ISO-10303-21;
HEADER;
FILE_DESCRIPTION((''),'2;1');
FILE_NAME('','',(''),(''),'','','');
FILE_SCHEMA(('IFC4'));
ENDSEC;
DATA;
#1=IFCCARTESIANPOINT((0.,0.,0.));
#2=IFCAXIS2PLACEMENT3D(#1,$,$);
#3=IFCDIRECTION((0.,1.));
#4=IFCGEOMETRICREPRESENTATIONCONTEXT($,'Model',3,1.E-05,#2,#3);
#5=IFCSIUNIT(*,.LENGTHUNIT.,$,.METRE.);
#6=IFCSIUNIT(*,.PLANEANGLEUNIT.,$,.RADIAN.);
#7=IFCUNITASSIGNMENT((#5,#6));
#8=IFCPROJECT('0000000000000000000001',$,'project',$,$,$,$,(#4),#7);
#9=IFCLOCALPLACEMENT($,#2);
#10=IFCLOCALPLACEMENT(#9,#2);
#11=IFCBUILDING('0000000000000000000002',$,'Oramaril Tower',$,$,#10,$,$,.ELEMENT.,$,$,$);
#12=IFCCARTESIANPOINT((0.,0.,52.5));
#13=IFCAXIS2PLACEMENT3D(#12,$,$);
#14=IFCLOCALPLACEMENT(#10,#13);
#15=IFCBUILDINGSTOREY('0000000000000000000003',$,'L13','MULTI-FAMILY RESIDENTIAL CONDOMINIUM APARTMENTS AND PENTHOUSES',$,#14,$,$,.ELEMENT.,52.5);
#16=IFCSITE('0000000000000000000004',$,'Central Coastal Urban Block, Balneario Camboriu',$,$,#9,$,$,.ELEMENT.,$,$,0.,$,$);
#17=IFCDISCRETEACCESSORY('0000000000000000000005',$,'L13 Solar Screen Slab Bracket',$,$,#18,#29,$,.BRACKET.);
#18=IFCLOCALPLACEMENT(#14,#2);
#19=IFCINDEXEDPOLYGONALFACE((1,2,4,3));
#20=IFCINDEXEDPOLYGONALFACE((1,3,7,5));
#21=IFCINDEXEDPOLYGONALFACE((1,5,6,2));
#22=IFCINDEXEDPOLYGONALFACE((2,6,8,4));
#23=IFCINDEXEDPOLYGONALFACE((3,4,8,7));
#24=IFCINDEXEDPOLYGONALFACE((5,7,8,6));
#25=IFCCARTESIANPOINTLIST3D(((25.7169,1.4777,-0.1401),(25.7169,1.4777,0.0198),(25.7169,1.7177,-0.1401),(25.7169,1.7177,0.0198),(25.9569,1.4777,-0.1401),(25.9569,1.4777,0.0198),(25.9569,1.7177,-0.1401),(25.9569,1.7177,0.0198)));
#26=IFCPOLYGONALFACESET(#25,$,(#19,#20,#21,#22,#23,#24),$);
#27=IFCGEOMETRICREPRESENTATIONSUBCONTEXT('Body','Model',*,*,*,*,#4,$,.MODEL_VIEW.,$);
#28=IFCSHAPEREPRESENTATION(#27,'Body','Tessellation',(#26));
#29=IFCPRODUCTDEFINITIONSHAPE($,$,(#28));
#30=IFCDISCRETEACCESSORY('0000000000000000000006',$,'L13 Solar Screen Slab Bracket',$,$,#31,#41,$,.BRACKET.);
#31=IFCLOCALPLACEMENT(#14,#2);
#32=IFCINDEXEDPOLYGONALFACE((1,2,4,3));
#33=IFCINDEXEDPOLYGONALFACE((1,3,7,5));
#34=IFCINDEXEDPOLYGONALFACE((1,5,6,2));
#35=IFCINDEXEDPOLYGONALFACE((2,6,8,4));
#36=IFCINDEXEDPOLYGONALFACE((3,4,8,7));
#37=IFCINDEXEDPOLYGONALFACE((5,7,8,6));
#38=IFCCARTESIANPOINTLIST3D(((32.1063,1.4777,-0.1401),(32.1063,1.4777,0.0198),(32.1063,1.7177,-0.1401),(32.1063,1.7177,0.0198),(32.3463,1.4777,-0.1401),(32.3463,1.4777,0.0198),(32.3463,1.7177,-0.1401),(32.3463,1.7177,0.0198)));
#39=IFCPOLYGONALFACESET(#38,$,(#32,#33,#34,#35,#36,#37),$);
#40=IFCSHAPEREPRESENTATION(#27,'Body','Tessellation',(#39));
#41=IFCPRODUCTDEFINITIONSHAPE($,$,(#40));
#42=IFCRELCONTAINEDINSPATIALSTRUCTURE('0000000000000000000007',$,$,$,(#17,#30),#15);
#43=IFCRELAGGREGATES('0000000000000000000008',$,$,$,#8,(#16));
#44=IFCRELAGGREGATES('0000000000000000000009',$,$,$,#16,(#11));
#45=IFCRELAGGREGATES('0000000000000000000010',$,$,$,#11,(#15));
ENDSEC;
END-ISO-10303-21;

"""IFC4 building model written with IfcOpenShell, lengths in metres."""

from ifc_helpers import new_model, si_unit, direction, frame, origin, origin_2d, place, context, subcontext, project, spatial, rectangle, extrude, element, save


model = new_model("IFC4")

# Units and contexts
model_context = context("Model", 3, precision=1e-05, world=origin(), true_north=direction((0.0, 1.0)))
body_context = subcontext(model_context, "Body", "Model", "MODEL_VIEW")
ifc_project = project(units=[si_unit("LENGTHUNIT", "METRE"), si_unit("PLANEANGLEUNIT", "RADIAN")], contexts=[model_context])

# Site, building, storey
site_placement = place(None, origin())
site = spatial("IfcSite", under=ifc_project, at=site_placement, Name="Central Coastal Urban Block, Balneario Camboriu", CompositionType="ELEMENT", RefElevation=0.0)
building_placement = place(site_placement, origin())
building = spatial("IfcBuilding", under=site, at=building_placement, Name="Oramaril Tower", CompositionType="ELEMENT")
storey_placement = place(building_placement, frame((0.0, 0.0, 52.5)))
storey = spatial("IfcBuildingStorey", under=building, at=storey_placement, Name="L13", Description="MULTI-FAMILY RESIDENTIAL CONDOMINIUM APARTMENTS AND PENTHOUSES", CompositionType="ELEMENT", Elevation=52.5)

# Discrete accessories
for number, where, z_axis, x_axis, name in (
    (1, (25.8369, 1.5977, -0.1401), (0.0, 0.0, 1.0), (1.0, 0.0, 0.0), "L13 Solar Screen Slab Bracket"),
    (2, (32.2263, 1.5977, -0.1401), (0.0, 0.0, 1.0), (1.0, 0.0, 0.0), "L13 Solar Screen Slab Bracket"),
):
    element("IfcDiscreteAccessory", number, at=place(storey_placement, frame(where, z_axis=z_axis, x_axis=x_axis)), inside=storey, Name=name, PredefinedType="BRACKET", context=body_context, shape_type="SweptSolid", body=[
        extrude(rectangle(XDim=0.24, YDim=0.24, at=origin_2d()), origin(), (0.0, 0.0, 1.0), 0.1599),
    ])

save(model, "model.ifc")
